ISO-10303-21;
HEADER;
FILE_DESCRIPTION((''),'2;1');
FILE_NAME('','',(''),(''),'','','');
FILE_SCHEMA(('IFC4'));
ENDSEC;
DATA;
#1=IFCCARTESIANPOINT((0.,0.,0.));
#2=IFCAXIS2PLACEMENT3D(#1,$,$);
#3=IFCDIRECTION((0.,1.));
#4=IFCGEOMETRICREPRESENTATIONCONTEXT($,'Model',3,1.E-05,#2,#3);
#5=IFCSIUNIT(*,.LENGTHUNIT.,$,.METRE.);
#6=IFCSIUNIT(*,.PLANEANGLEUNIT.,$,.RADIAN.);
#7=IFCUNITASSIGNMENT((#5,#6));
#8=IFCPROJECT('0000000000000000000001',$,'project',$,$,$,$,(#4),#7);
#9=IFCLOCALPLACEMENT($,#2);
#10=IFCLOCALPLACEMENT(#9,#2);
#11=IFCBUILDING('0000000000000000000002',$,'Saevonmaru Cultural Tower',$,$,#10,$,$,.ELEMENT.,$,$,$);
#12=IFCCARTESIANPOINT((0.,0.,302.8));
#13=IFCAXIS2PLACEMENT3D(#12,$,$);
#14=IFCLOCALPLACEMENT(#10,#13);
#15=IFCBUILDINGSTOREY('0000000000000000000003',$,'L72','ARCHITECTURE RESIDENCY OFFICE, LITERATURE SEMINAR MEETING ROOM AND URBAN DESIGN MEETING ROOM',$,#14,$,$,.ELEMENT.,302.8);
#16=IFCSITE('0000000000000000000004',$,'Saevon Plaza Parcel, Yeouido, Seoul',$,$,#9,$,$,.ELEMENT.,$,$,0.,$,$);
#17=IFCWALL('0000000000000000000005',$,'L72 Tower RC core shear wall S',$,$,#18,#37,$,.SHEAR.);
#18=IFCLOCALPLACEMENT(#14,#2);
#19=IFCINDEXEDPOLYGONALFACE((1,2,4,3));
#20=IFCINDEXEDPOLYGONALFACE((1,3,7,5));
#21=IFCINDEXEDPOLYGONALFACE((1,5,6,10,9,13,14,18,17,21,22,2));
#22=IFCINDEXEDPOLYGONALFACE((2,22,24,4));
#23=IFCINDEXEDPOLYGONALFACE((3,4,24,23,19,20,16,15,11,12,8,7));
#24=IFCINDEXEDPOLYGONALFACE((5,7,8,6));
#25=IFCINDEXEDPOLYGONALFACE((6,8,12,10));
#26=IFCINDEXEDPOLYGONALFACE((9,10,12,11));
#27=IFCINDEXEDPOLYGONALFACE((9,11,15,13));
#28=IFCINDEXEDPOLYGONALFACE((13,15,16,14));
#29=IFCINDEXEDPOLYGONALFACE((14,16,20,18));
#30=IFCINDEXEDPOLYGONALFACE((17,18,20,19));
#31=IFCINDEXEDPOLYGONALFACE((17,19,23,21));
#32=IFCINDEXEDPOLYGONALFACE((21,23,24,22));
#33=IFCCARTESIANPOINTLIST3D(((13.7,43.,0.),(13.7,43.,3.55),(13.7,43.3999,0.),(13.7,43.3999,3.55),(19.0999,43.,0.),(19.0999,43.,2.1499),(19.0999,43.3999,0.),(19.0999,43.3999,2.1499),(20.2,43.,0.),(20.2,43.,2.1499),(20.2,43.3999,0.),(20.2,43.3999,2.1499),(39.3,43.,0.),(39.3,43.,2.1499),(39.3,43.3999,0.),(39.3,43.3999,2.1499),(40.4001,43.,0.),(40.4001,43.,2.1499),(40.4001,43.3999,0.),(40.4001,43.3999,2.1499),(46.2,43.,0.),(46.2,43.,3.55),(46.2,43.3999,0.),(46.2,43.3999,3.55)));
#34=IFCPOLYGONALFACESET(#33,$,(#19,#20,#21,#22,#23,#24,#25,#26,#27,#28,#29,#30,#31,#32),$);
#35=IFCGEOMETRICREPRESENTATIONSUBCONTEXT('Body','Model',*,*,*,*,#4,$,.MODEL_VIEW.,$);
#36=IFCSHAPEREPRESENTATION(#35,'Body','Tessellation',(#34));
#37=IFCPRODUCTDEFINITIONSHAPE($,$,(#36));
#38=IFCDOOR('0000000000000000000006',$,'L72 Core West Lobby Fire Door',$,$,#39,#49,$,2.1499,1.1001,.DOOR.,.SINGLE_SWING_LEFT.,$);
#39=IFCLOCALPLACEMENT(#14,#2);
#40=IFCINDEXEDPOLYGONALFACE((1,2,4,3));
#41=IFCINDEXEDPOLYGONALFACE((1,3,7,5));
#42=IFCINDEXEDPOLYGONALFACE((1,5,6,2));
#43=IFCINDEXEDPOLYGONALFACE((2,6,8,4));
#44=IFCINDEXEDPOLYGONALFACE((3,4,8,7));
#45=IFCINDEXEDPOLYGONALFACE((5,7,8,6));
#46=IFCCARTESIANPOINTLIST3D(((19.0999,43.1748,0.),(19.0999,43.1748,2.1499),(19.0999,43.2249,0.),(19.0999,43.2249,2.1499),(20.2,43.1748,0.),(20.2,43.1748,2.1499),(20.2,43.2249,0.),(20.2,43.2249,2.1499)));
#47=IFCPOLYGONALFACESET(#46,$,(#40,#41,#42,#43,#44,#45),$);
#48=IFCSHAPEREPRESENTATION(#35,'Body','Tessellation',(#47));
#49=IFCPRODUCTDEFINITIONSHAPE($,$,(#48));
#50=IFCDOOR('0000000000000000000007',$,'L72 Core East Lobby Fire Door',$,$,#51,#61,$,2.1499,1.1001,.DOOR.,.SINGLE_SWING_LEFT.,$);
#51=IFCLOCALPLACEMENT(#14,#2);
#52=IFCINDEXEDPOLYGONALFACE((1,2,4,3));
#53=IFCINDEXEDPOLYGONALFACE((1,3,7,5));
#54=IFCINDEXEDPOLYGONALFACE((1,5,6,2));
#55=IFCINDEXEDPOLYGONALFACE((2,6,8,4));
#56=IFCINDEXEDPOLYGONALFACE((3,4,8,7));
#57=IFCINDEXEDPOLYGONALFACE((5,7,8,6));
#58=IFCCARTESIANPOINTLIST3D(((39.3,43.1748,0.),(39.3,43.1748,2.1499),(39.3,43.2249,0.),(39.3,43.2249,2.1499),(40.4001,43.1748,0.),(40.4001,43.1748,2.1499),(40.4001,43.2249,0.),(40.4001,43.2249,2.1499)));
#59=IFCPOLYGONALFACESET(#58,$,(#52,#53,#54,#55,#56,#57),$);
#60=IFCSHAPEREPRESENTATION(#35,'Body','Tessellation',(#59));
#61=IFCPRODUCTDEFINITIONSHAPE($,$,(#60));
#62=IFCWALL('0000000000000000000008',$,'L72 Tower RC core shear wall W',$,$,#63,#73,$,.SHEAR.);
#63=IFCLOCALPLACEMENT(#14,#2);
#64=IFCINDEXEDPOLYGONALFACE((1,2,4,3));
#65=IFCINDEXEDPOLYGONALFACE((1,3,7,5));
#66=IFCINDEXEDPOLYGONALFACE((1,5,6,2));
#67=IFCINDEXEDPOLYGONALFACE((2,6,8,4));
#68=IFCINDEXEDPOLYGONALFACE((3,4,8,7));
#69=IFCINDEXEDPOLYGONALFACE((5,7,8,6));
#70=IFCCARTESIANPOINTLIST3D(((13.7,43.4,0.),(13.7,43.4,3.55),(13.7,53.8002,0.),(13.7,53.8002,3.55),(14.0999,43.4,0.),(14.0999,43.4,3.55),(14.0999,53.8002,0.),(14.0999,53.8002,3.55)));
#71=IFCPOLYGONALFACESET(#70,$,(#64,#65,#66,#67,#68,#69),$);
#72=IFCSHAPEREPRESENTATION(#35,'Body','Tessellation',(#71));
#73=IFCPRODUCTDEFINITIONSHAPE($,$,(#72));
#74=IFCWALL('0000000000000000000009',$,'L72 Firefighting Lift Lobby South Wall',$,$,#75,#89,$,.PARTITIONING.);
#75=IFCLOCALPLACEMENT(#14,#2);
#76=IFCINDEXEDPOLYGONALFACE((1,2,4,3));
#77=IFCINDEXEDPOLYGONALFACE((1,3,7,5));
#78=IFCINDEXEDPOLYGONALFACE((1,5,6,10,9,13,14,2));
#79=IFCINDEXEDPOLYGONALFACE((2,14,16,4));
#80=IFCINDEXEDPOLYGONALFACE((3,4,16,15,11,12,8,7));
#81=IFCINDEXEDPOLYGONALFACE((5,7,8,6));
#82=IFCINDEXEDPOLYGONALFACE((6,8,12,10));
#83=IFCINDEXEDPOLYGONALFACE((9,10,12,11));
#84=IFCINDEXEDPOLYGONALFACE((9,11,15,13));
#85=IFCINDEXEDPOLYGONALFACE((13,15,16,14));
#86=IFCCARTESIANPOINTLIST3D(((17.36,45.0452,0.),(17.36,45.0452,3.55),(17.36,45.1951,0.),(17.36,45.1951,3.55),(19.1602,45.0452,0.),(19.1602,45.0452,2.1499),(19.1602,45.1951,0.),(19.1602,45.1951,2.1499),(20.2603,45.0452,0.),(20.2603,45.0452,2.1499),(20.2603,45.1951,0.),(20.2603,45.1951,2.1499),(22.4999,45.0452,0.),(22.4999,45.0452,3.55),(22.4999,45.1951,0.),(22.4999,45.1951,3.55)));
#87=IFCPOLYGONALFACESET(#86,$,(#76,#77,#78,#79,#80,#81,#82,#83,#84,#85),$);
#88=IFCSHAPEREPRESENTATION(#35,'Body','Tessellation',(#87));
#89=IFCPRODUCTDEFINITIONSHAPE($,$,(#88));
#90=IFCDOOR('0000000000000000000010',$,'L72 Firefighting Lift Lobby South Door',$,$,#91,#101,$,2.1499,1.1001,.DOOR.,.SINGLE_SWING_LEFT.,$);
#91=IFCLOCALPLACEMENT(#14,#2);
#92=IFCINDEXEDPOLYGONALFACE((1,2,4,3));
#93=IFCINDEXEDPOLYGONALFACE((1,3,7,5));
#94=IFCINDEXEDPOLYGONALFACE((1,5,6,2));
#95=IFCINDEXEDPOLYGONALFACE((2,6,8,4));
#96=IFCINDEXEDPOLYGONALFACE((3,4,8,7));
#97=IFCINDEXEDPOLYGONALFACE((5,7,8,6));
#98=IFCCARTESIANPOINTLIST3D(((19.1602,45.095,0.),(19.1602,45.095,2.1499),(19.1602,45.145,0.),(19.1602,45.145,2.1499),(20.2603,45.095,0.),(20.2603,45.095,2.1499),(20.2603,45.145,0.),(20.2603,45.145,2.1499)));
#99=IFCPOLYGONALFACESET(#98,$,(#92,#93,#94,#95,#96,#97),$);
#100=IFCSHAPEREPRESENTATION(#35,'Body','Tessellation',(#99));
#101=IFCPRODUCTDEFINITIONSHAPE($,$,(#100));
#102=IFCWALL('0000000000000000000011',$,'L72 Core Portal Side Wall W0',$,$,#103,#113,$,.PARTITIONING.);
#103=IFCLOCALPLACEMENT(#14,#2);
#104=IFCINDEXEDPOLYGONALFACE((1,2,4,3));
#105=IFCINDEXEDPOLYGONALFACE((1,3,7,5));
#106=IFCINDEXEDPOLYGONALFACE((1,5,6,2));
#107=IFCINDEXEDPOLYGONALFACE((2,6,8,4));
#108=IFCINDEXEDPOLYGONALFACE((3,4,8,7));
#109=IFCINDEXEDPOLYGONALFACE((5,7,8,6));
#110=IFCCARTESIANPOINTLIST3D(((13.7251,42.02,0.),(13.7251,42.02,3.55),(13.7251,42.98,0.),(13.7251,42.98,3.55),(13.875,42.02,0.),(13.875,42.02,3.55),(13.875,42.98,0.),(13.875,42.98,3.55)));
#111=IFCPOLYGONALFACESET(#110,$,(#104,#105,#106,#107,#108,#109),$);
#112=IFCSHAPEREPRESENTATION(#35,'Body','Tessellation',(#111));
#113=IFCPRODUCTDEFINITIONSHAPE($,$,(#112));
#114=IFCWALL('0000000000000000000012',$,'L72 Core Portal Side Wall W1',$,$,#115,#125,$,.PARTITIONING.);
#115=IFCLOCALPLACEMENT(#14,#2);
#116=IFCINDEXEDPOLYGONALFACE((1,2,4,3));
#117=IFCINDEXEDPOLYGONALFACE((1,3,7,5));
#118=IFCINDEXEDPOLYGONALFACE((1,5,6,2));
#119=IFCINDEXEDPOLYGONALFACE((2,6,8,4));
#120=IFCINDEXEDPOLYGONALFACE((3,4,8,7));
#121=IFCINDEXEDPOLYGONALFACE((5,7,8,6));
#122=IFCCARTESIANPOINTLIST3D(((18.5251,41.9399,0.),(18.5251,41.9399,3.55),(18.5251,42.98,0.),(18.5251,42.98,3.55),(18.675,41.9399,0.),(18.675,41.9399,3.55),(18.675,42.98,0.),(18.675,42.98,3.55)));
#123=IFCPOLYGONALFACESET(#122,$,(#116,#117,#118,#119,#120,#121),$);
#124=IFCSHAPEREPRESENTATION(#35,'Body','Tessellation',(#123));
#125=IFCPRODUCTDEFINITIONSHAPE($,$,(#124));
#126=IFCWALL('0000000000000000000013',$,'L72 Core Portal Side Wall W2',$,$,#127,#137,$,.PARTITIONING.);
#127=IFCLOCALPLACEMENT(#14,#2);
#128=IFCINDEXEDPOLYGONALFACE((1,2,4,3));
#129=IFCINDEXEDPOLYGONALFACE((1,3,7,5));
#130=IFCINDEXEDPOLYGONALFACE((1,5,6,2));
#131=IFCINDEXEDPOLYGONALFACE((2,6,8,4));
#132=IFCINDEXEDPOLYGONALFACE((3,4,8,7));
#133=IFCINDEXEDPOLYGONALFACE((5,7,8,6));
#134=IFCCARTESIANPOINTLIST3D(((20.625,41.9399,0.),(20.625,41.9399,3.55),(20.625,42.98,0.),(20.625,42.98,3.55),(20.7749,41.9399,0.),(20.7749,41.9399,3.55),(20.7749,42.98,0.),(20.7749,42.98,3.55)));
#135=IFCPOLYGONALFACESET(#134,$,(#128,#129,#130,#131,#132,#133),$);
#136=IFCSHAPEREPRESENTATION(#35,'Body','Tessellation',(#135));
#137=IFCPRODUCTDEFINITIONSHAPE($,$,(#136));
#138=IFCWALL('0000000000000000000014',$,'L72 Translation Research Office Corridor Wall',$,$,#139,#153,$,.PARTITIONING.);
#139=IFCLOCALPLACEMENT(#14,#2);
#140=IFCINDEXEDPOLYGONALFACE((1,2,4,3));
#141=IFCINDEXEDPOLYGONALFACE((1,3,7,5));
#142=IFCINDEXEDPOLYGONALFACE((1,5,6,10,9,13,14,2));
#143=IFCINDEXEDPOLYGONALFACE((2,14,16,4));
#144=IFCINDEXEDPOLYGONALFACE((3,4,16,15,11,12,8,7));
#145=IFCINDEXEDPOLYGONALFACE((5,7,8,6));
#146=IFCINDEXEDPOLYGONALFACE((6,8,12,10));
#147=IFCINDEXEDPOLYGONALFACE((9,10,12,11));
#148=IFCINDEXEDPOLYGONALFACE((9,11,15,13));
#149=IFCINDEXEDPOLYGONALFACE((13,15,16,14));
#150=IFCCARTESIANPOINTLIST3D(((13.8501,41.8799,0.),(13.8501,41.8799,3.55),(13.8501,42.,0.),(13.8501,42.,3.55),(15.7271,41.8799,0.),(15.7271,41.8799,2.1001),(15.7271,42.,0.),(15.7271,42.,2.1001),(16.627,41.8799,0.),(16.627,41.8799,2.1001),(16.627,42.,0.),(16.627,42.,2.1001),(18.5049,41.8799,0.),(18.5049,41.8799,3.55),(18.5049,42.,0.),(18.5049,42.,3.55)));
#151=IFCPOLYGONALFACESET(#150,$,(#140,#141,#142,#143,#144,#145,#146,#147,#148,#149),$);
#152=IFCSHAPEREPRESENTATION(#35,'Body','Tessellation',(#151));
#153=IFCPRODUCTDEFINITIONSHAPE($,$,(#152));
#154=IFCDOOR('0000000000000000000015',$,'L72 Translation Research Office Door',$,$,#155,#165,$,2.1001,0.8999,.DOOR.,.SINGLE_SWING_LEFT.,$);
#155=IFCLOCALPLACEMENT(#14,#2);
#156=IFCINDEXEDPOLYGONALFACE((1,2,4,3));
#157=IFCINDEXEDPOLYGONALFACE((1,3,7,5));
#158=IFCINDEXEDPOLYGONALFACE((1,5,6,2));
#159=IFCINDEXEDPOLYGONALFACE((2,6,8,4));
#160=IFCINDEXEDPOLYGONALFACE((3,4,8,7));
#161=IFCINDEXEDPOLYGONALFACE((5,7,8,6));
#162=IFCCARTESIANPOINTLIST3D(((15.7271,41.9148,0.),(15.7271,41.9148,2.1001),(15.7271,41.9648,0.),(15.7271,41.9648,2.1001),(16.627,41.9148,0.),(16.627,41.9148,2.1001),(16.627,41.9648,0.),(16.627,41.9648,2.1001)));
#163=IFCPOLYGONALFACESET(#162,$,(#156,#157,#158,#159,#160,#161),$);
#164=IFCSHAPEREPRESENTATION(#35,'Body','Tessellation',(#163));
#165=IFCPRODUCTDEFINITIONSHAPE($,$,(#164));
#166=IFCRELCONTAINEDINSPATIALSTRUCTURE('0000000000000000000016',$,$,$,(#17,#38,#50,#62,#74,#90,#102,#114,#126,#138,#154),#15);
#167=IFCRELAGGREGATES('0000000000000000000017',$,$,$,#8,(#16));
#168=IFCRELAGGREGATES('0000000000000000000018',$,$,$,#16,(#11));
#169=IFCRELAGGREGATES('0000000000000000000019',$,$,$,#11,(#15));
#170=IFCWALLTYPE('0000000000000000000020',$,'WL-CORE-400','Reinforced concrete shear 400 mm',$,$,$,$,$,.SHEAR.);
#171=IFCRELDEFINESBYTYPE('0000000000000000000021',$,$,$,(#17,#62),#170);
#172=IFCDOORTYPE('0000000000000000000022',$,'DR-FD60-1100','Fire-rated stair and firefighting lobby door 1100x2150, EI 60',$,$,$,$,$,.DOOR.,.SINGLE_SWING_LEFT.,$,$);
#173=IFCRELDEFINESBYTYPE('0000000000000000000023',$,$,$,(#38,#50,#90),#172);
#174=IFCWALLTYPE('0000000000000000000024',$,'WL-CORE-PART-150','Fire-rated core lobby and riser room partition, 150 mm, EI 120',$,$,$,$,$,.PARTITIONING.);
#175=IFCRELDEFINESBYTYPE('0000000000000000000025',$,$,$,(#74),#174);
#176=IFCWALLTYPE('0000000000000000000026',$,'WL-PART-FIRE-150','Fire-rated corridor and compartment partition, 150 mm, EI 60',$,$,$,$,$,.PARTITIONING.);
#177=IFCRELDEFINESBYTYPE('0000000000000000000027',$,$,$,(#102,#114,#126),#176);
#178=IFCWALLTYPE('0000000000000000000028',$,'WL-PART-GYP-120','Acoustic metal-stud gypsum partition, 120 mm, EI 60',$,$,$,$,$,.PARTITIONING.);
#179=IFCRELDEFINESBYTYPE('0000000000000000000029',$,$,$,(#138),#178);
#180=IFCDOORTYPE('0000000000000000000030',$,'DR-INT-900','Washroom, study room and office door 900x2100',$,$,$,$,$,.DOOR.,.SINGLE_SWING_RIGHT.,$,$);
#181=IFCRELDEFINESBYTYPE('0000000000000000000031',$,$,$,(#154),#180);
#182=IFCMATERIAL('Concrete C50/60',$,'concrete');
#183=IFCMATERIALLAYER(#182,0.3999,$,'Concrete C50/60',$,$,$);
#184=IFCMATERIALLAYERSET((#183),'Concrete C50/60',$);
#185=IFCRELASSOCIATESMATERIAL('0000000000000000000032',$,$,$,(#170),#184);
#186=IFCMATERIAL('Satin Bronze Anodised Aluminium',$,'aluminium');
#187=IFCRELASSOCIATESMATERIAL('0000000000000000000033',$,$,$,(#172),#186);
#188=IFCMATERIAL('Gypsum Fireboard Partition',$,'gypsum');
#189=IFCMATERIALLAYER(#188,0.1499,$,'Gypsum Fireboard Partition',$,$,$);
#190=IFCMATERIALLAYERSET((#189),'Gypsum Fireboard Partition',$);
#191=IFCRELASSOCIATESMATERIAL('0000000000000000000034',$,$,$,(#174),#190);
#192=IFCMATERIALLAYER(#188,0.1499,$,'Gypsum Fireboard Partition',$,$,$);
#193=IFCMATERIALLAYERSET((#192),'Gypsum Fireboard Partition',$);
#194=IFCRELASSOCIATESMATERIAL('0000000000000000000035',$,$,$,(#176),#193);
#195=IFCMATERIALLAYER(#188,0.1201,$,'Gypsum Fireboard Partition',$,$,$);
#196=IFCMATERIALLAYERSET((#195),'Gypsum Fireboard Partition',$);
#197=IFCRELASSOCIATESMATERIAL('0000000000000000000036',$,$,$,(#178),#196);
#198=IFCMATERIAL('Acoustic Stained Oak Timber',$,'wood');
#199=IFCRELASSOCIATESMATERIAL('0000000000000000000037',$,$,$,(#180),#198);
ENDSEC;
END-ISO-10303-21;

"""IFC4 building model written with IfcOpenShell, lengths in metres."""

from ifc_helpers import new_model, si_unit, direction, frame, frame_2d, origin, place, context, subcontext, project, spatial, rectangle, extrude, material, layer, layer_set, type_object, element, fill, save


model = new_model("IFC4")

# Units and contexts
model_context = context("Model", 3, precision=1e-05, world=origin(), true_north=direction((0.0, 1.0)))
body_context = subcontext(model_context, "Body", "Model", "MODEL_VIEW")
ifc_project = project(units=[si_unit("LENGTHUNIT", "METRE"), si_unit("PLANEANGLEUNIT", "RADIAN")], contexts=[model_context])

# Site, building, storey
site_placement = place(None, origin())
site = spatial("IfcSite", under=ifc_project, at=site_placement, Name="Saevon Plaza Parcel, Yeouido, Seoul", CompositionType="ELEMENT", RefElevation=0.0)
building_placement = place(site_placement, origin())
building = spatial("IfcBuilding", under=site, at=building_placement, Name="Saevonmaru Cultural Tower", CompositionType="ELEMENT")
storey_placement = place(building_placement, frame((0.0, 0.0, 302.8)))
storey = spatial("IfcBuildingStorey", under=building, at=storey_placement, Name="L72", Description="ARCHITECTURE RESIDENCY OFFICE, LITERATURE SEMINAR MEETING ROOM AND URBAN DESIGN MEETING ROOM", CompositionType="ELEMENT", Elevation=302.8)

# Wall, openings, doors
ifc_material_1 = material(Name="Concrete C50/60", Category="concrete")
ifc_layer_1 = layer(ifc_material_1, 0.3999, Name="Concrete C50/60")
ifc_layer_set_1 = layer_set([ifc_layer_1], Name="Concrete C50/60")
wall_type_1 = type_object("IfcWallType", Name="WL-CORE-400", Description="Reinforced concrete shear 400 mm", PredefinedType="SHEAR", material=ifc_layer_set_1)
wall_1_placement = place(storey_placement, frame((13.7, 43.2, 0.0), z_axis=(0.0, 0.0, 1.0), x_axis=(1.0, 0.0, 0.0)))
wall_1 = element("IfcWall", 1, at=wall_1_placement, inside=storey, type_object=wall_type_1, Name="L72 Tower RC core shear wall S", PredefinedType="SHEAR", context=body_context, shape_type="SweptSolid", body=[
    extrude(rectangle(XDim=32.5, YDim=0.3999, at=frame_2d((16.25, 0.0))), origin(), (0.0, 0.0, 1.0), 3.55),
])
opening_1_placement = place(wall_1_placement, frame((5.3999, 0.0, 0.0)))
opening_1 = element("IfcOpeningElement", 2, at=opening_1_placement, cuts=wall_1, PredefinedType="OPENING", context=body_context, shape_type="SweptSolid", body=[
    extrude(rectangle(XDim=1.1001, YDim=2.1499, at=frame_2d((0.55, 1.075))), frame((0.0, 0.21, 0.0), z_axis=(0.0, -1.0, 0.0), x_axis=(1.0, 0.0, 0.0)), (0.0, 0.0, 1.0), 0.4199),
])
opening_2_placement = place(wall_1_placement, frame((25.6001, 0.0, 0.0)))
opening_2 = element("IfcOpeningElement", 3, at=opening_2_placement, cuts=wall_1, PredefinedType="OPENING", context=body_context, shape_type="SweptSolid", body=[
    extrude(rectangle(XDim=1.1001, YDim=2.1499, at=frame_2d((0.55, 1.075))), frame((0.0, 0.21, 0.0), z_axis=(0.0, -1.0, 0.0), x_axis=(1.0, 0.0, 0.0)), (0.0, 0.0, 1.0), 0.4199),
])
ifc_material_2 = material(Name="Satin Bronze Anodised Aluminium", Category="aluminium")
door_type_1 = type_object("IfcDoorType", Name="DR-FD60-1100", Description="Fire-rated stair and firefighting lobby door 1100x2150, EI 60", OperationType="SINGLE_SWING_LEFT", PredefinedType="DOOR", material=ifc_material_2)
door_1_placement = place(opening_1_placement, origin())
door_1 = element("IfcDoor", 4, at=door_1_placement, inside=storey, type_object=door_type_1, Name="L72 Core West Lobby Fire Door", OperationType="SINGLE_SWING_LEFT", OverallHeight=2.1499, OverallWidth=1.1001, PredefinedType="DOOR", context=body_context, shape_type="SweptSolid", body=[
    extrude(rectangle(XDim=1.1001, YDim=2.1499, at=frame_2d((0.55, 1.075))), frame((0.0, 0.0249, 0.0), z_axis=(0.0, -1.0, 0.0), x_axis=(1.0, 0.0, 0.0)), (0.0, 0.0, 1.0), 0.05),
])
fill(opening_1, door_1)
door_2_placement = place(opening_2_placement, origin())
door_2 = element("IfcDoor", 5, at=door_2_placement, inside=storey, type_object=door_type_1, Name="L72 Core East Lobby Fire Door", OperationType="SINGLE_SWING_LEFT", OverallHeight=2.1499, OverallWidth=1.1001, PredefinedType="DOOR", context=body_context, shape_type="SweptSolid", body=[
    extrude(rectangle(XDim=1.1001, YDim=2.1499, at=frame_2d((0.55, 1.075))), frame((0.0, 0.0249, 0.0), z_axis=(0.0, -1.0, 0.0), x_axis=(1.0, 0.0, 0.0)), (0.0, 0.0, 1.0), 0.05),
])
fill(opening_2, door_2)

# Wall
wall_2_placement = place(storey_placement, frame((13.8999, 43.3999, 0.0), z_axis=(0.0, 0.0, 1.0), x_axis=(0.0, 1.0, 0.0)))
element("IfcWall", 6, at=wall_2_placement, inside=storey, type_object=wall_type_1, Name="L72 Tower RC core shear wall W", PredefinedType="SHEAR", context=body_context, shape_type="SweptSolid", body=[
    extrude(rectangle(XDim=10.4001, YDim=0.3999, at=frame_2d((5.2002, 0.0))), origin(), (0.0, 0.0, 1.0), 3.55),
])

# Wall, opening, door
ifc_material_3 = material(Name="Gypsum Fireboard Partition", Category="gypsum")
ifc_layer_2 = layer(ifc_material_3, 0.1499, Name="Gypsum Fireboard Partition")
ifc_layer_set_2 = layer_set([ifc_layer_2], Name="Gypsum Fireboard Partition")
wall_type_2 = type_object("IfcWallType", Name="WL-CORE-PART-150", Description="Fire-rated core lobby and riser room partition, 150 mm, EI 120", PredefinedType="PARTITIONING", material=ifc_layer_set_2)
wall_3_placement = place(storey_placement, frame((17.3601, 45.1201, 0.0), z_axis=(0.0, 0.0, 1.0), x_axis=(1.0, 0.0, 0.0)))
wall_3 = element("IfcWall", 7, at=wall_3_placement, inside=storey, type_object=wall_type_2, Name="L72 Firefighting Lift Lobby South Wall", PredefinedType="PARTITIONING", context=body_context, shape_type="SweptSolid", body=[
    extrude(rectangle(XDim=5.1399, YDim=0.1499, at=frame_2d((2.5698, 0.0))), origin(), (0.0, 0.0, 1.0), 3.55),
])
opening_3_placement = place(wall_3_placement, frame((1.8, 0.0, 0.0)))
opening_3 = element("IfcOpeningElement", 8, at=opening_3_placement, cuts=wall_3, PredefinedType="OPENING", context=body_context, shape_type="SweptSolid", body=[
    extrude(rectangle(XDim=1.1001, YDim=2.1499, at=frame_2d((0.55, 1.075))), frame((0.0, 0.085, 0.0), z_axis=(0.0, -1.0, 0.0), x_axis=(1.0, 0.0, 0.0)), (0.0, 0.0, 1.0), 0.1699),
])
door_3_placement = place(opening_3_placement, origin())
door_3 = element("IfcDoor", 9, at=door_3_placement, inside=storey, type_object=door_type_1, Name="L72 Firefighting Lift Lobby South Door", OperationType="SINGLE_SWING_LEFT", OverallHeight=2.1499, OverallWidth=1.1001, PredefinedType="DOOR", context=body_context, shape_type="SweptSolid", body=[
    extrude(rectangle(XDim=1.1001, YDim=2.1499, at=frame_2d((0.55, 1.075))), frame((0.0, 0.0249, 0.0), z_axis=(0.0, -1.0, 0.0), x_axis=(1.0, 0.0, 0.0)), (0.0, 0.0, 1.0), 0.05),
])
fill(opening_3, door_3)

# Walls
ifc_layer_3 = layer(ifc_material_3, 0.1499, Name="Gypsum Fireboard Partition")
ifc_layer_set_3 = layer_set([ifc_layer_3], Name="Gypsum Fireboard Partition")
wall_type_3 = type_object("IfcWallType", Name="WL-PART-FIRE-150", Description="Fire-rated corridor and compartment partition, 150 mm, EI 60", PredefinedType="PARTITIONING", material=ifc_layer_set_3)
wall_4_placement = place(storey_placement, frame((13.8, 42.02, 0.0), z_axis=(0.0, 0.0, 1.0), x_axis=(0.0, 1.0, 0.0)))
element("IfcWall", 10, at=wall_4_placement, inside=storey, type_object=wall_type_3, Name="L72 Core Portal Side Wall W0", PredefinedType="PARTITIONING", context=body_context, shape_type="SweptSolid", body=[
    extrude(rectangle(XDim=0.96, YDim=0.1499, at=frame_2d((0.48, 0.0))), origin(), (0.0, 0.0, 1.0), 3.55),
])
for number, where, z_axis, x_axis, name in (
    (11, (18.6001, 41.9399, 0.0), (0.0, 0.0, 1.0), (0.0, 1.0, 0.0), "L72 Core Portal Side Wall W1"),
    (12, (20.7, 41.9399, 0.0), (0.0, 0.0, 1.0), (0.0, 1.0, 0.0), "L72 Core Portal Side Wall W2"),
):
    element("IfcWall", number, at=place(storey_placement, frame(where, z_axis=z_axis, x_axis=x_axis)), inside=storey, type_object=wall_type_3, Name=name, PredefinedType="PARTITIONING", context=body_context, shape_type="SweptSolid", body=[
        extrude(rectangle(XDim=1.04, YDim=0.1499, at=frame_2d((0.52, 0.0))), origin(), (0.0, 0.0, 1.0), 3.55),
    ])

# Wall, opening, door
ifc_layer_4 = layer(ifc_material_3, 0.1201, Name="Gypsum Fireboard Partition")
ifc_layer_set_4 = layer_set([ifc_layer_4], Name="Gypsum Fireboard Partition")
wall_type_4 = type_object("IfcWallType", Name="WL-PART-GYP-120", Description="Acoustic metal-stud gypsum partition, 120 mm, EI 60", PredefinedType="PARTITIONING", material=ifc_layer_set_4)
wall_5_placement = place(storey_placement, frame((13.8501, 41.9399, 0.0), z_axis=(0.0, 0.0, 1.0), x_axis=(1.0, 0.0, 0.0)))
wall_5 = element("IfcWall", 13, at=wall_5_placement, inside=storey, type_object=wall_type_4, Name="L72 Translation Research Office Corridor Wall", PredefinedType="PARTITIONING", context=body_context, shape_type="SweptSolid", body=[
    extrude(rectangle(XDim=4.6548, YDim=0.1201, at=frame_2d((2.3274, 0.0))), origin(), (0.0, 0.0, 1.0), 3.55),
])
opening_4_placement = place(wall_5_placement, frame((1.877, 0.0, 0.0)))
opening_4 = element("IfcOpeningElement", 14, at=opening_4_placement, cuts=wall_5, PredefinedType="OPENING", context=body_context, shape_type="SweptSolid", body=[
    extrude(rectangle(XDim=0.8999, YDim=2.1001, at=frame_2d((0.45, 1.05))), frame((0.0, 0.0701, 0.0), z_axis=(0.0, -1.0, 0.0), x_axis=(1.0, 0.0, 0.0)), (0.0, 0.0, 1.0), 0.1401),
])
ifc_material_4 = material(Name="Acoustic Stained Oak Timber", Category="wood")
door_type_2 = type_object("IfcDoorType", Name="DR-INT-900", Description="Washroom, study room and office door 900x2100", OperationType="SINGLE_SWING_RIGHT", PredefinedType="DOOR", material=ifc_material_4)
door_4_placement = place(opening_4_placement, origin())
door_4 = element("IfcDoor", 15, at=door_4_placement, inside=storey, type_object=door_type_2, Name="L72 Translation Research Office Door", OperationType="SINGLE_SWING_LEFT", OverallHeight=2.1001, OverallWidth=0.8999, PredefinedType="DOOR", context=body_context, shape_type="SweptSolid", body=[
    extrude(rectangle(XDim=0.8999, YDim=2.1001, at=frame_2d((0.45, 1.05))), frame((0.0, 0.0249, 0.0), z_axis=(0.0, -1.0, 0.0), x_axis=(1.0, 0.0, 0.0)), (0.0, 0.0, 1.0), 0.05),
])
fill(opening_4, door_4)

save(model, "model.ifc")
